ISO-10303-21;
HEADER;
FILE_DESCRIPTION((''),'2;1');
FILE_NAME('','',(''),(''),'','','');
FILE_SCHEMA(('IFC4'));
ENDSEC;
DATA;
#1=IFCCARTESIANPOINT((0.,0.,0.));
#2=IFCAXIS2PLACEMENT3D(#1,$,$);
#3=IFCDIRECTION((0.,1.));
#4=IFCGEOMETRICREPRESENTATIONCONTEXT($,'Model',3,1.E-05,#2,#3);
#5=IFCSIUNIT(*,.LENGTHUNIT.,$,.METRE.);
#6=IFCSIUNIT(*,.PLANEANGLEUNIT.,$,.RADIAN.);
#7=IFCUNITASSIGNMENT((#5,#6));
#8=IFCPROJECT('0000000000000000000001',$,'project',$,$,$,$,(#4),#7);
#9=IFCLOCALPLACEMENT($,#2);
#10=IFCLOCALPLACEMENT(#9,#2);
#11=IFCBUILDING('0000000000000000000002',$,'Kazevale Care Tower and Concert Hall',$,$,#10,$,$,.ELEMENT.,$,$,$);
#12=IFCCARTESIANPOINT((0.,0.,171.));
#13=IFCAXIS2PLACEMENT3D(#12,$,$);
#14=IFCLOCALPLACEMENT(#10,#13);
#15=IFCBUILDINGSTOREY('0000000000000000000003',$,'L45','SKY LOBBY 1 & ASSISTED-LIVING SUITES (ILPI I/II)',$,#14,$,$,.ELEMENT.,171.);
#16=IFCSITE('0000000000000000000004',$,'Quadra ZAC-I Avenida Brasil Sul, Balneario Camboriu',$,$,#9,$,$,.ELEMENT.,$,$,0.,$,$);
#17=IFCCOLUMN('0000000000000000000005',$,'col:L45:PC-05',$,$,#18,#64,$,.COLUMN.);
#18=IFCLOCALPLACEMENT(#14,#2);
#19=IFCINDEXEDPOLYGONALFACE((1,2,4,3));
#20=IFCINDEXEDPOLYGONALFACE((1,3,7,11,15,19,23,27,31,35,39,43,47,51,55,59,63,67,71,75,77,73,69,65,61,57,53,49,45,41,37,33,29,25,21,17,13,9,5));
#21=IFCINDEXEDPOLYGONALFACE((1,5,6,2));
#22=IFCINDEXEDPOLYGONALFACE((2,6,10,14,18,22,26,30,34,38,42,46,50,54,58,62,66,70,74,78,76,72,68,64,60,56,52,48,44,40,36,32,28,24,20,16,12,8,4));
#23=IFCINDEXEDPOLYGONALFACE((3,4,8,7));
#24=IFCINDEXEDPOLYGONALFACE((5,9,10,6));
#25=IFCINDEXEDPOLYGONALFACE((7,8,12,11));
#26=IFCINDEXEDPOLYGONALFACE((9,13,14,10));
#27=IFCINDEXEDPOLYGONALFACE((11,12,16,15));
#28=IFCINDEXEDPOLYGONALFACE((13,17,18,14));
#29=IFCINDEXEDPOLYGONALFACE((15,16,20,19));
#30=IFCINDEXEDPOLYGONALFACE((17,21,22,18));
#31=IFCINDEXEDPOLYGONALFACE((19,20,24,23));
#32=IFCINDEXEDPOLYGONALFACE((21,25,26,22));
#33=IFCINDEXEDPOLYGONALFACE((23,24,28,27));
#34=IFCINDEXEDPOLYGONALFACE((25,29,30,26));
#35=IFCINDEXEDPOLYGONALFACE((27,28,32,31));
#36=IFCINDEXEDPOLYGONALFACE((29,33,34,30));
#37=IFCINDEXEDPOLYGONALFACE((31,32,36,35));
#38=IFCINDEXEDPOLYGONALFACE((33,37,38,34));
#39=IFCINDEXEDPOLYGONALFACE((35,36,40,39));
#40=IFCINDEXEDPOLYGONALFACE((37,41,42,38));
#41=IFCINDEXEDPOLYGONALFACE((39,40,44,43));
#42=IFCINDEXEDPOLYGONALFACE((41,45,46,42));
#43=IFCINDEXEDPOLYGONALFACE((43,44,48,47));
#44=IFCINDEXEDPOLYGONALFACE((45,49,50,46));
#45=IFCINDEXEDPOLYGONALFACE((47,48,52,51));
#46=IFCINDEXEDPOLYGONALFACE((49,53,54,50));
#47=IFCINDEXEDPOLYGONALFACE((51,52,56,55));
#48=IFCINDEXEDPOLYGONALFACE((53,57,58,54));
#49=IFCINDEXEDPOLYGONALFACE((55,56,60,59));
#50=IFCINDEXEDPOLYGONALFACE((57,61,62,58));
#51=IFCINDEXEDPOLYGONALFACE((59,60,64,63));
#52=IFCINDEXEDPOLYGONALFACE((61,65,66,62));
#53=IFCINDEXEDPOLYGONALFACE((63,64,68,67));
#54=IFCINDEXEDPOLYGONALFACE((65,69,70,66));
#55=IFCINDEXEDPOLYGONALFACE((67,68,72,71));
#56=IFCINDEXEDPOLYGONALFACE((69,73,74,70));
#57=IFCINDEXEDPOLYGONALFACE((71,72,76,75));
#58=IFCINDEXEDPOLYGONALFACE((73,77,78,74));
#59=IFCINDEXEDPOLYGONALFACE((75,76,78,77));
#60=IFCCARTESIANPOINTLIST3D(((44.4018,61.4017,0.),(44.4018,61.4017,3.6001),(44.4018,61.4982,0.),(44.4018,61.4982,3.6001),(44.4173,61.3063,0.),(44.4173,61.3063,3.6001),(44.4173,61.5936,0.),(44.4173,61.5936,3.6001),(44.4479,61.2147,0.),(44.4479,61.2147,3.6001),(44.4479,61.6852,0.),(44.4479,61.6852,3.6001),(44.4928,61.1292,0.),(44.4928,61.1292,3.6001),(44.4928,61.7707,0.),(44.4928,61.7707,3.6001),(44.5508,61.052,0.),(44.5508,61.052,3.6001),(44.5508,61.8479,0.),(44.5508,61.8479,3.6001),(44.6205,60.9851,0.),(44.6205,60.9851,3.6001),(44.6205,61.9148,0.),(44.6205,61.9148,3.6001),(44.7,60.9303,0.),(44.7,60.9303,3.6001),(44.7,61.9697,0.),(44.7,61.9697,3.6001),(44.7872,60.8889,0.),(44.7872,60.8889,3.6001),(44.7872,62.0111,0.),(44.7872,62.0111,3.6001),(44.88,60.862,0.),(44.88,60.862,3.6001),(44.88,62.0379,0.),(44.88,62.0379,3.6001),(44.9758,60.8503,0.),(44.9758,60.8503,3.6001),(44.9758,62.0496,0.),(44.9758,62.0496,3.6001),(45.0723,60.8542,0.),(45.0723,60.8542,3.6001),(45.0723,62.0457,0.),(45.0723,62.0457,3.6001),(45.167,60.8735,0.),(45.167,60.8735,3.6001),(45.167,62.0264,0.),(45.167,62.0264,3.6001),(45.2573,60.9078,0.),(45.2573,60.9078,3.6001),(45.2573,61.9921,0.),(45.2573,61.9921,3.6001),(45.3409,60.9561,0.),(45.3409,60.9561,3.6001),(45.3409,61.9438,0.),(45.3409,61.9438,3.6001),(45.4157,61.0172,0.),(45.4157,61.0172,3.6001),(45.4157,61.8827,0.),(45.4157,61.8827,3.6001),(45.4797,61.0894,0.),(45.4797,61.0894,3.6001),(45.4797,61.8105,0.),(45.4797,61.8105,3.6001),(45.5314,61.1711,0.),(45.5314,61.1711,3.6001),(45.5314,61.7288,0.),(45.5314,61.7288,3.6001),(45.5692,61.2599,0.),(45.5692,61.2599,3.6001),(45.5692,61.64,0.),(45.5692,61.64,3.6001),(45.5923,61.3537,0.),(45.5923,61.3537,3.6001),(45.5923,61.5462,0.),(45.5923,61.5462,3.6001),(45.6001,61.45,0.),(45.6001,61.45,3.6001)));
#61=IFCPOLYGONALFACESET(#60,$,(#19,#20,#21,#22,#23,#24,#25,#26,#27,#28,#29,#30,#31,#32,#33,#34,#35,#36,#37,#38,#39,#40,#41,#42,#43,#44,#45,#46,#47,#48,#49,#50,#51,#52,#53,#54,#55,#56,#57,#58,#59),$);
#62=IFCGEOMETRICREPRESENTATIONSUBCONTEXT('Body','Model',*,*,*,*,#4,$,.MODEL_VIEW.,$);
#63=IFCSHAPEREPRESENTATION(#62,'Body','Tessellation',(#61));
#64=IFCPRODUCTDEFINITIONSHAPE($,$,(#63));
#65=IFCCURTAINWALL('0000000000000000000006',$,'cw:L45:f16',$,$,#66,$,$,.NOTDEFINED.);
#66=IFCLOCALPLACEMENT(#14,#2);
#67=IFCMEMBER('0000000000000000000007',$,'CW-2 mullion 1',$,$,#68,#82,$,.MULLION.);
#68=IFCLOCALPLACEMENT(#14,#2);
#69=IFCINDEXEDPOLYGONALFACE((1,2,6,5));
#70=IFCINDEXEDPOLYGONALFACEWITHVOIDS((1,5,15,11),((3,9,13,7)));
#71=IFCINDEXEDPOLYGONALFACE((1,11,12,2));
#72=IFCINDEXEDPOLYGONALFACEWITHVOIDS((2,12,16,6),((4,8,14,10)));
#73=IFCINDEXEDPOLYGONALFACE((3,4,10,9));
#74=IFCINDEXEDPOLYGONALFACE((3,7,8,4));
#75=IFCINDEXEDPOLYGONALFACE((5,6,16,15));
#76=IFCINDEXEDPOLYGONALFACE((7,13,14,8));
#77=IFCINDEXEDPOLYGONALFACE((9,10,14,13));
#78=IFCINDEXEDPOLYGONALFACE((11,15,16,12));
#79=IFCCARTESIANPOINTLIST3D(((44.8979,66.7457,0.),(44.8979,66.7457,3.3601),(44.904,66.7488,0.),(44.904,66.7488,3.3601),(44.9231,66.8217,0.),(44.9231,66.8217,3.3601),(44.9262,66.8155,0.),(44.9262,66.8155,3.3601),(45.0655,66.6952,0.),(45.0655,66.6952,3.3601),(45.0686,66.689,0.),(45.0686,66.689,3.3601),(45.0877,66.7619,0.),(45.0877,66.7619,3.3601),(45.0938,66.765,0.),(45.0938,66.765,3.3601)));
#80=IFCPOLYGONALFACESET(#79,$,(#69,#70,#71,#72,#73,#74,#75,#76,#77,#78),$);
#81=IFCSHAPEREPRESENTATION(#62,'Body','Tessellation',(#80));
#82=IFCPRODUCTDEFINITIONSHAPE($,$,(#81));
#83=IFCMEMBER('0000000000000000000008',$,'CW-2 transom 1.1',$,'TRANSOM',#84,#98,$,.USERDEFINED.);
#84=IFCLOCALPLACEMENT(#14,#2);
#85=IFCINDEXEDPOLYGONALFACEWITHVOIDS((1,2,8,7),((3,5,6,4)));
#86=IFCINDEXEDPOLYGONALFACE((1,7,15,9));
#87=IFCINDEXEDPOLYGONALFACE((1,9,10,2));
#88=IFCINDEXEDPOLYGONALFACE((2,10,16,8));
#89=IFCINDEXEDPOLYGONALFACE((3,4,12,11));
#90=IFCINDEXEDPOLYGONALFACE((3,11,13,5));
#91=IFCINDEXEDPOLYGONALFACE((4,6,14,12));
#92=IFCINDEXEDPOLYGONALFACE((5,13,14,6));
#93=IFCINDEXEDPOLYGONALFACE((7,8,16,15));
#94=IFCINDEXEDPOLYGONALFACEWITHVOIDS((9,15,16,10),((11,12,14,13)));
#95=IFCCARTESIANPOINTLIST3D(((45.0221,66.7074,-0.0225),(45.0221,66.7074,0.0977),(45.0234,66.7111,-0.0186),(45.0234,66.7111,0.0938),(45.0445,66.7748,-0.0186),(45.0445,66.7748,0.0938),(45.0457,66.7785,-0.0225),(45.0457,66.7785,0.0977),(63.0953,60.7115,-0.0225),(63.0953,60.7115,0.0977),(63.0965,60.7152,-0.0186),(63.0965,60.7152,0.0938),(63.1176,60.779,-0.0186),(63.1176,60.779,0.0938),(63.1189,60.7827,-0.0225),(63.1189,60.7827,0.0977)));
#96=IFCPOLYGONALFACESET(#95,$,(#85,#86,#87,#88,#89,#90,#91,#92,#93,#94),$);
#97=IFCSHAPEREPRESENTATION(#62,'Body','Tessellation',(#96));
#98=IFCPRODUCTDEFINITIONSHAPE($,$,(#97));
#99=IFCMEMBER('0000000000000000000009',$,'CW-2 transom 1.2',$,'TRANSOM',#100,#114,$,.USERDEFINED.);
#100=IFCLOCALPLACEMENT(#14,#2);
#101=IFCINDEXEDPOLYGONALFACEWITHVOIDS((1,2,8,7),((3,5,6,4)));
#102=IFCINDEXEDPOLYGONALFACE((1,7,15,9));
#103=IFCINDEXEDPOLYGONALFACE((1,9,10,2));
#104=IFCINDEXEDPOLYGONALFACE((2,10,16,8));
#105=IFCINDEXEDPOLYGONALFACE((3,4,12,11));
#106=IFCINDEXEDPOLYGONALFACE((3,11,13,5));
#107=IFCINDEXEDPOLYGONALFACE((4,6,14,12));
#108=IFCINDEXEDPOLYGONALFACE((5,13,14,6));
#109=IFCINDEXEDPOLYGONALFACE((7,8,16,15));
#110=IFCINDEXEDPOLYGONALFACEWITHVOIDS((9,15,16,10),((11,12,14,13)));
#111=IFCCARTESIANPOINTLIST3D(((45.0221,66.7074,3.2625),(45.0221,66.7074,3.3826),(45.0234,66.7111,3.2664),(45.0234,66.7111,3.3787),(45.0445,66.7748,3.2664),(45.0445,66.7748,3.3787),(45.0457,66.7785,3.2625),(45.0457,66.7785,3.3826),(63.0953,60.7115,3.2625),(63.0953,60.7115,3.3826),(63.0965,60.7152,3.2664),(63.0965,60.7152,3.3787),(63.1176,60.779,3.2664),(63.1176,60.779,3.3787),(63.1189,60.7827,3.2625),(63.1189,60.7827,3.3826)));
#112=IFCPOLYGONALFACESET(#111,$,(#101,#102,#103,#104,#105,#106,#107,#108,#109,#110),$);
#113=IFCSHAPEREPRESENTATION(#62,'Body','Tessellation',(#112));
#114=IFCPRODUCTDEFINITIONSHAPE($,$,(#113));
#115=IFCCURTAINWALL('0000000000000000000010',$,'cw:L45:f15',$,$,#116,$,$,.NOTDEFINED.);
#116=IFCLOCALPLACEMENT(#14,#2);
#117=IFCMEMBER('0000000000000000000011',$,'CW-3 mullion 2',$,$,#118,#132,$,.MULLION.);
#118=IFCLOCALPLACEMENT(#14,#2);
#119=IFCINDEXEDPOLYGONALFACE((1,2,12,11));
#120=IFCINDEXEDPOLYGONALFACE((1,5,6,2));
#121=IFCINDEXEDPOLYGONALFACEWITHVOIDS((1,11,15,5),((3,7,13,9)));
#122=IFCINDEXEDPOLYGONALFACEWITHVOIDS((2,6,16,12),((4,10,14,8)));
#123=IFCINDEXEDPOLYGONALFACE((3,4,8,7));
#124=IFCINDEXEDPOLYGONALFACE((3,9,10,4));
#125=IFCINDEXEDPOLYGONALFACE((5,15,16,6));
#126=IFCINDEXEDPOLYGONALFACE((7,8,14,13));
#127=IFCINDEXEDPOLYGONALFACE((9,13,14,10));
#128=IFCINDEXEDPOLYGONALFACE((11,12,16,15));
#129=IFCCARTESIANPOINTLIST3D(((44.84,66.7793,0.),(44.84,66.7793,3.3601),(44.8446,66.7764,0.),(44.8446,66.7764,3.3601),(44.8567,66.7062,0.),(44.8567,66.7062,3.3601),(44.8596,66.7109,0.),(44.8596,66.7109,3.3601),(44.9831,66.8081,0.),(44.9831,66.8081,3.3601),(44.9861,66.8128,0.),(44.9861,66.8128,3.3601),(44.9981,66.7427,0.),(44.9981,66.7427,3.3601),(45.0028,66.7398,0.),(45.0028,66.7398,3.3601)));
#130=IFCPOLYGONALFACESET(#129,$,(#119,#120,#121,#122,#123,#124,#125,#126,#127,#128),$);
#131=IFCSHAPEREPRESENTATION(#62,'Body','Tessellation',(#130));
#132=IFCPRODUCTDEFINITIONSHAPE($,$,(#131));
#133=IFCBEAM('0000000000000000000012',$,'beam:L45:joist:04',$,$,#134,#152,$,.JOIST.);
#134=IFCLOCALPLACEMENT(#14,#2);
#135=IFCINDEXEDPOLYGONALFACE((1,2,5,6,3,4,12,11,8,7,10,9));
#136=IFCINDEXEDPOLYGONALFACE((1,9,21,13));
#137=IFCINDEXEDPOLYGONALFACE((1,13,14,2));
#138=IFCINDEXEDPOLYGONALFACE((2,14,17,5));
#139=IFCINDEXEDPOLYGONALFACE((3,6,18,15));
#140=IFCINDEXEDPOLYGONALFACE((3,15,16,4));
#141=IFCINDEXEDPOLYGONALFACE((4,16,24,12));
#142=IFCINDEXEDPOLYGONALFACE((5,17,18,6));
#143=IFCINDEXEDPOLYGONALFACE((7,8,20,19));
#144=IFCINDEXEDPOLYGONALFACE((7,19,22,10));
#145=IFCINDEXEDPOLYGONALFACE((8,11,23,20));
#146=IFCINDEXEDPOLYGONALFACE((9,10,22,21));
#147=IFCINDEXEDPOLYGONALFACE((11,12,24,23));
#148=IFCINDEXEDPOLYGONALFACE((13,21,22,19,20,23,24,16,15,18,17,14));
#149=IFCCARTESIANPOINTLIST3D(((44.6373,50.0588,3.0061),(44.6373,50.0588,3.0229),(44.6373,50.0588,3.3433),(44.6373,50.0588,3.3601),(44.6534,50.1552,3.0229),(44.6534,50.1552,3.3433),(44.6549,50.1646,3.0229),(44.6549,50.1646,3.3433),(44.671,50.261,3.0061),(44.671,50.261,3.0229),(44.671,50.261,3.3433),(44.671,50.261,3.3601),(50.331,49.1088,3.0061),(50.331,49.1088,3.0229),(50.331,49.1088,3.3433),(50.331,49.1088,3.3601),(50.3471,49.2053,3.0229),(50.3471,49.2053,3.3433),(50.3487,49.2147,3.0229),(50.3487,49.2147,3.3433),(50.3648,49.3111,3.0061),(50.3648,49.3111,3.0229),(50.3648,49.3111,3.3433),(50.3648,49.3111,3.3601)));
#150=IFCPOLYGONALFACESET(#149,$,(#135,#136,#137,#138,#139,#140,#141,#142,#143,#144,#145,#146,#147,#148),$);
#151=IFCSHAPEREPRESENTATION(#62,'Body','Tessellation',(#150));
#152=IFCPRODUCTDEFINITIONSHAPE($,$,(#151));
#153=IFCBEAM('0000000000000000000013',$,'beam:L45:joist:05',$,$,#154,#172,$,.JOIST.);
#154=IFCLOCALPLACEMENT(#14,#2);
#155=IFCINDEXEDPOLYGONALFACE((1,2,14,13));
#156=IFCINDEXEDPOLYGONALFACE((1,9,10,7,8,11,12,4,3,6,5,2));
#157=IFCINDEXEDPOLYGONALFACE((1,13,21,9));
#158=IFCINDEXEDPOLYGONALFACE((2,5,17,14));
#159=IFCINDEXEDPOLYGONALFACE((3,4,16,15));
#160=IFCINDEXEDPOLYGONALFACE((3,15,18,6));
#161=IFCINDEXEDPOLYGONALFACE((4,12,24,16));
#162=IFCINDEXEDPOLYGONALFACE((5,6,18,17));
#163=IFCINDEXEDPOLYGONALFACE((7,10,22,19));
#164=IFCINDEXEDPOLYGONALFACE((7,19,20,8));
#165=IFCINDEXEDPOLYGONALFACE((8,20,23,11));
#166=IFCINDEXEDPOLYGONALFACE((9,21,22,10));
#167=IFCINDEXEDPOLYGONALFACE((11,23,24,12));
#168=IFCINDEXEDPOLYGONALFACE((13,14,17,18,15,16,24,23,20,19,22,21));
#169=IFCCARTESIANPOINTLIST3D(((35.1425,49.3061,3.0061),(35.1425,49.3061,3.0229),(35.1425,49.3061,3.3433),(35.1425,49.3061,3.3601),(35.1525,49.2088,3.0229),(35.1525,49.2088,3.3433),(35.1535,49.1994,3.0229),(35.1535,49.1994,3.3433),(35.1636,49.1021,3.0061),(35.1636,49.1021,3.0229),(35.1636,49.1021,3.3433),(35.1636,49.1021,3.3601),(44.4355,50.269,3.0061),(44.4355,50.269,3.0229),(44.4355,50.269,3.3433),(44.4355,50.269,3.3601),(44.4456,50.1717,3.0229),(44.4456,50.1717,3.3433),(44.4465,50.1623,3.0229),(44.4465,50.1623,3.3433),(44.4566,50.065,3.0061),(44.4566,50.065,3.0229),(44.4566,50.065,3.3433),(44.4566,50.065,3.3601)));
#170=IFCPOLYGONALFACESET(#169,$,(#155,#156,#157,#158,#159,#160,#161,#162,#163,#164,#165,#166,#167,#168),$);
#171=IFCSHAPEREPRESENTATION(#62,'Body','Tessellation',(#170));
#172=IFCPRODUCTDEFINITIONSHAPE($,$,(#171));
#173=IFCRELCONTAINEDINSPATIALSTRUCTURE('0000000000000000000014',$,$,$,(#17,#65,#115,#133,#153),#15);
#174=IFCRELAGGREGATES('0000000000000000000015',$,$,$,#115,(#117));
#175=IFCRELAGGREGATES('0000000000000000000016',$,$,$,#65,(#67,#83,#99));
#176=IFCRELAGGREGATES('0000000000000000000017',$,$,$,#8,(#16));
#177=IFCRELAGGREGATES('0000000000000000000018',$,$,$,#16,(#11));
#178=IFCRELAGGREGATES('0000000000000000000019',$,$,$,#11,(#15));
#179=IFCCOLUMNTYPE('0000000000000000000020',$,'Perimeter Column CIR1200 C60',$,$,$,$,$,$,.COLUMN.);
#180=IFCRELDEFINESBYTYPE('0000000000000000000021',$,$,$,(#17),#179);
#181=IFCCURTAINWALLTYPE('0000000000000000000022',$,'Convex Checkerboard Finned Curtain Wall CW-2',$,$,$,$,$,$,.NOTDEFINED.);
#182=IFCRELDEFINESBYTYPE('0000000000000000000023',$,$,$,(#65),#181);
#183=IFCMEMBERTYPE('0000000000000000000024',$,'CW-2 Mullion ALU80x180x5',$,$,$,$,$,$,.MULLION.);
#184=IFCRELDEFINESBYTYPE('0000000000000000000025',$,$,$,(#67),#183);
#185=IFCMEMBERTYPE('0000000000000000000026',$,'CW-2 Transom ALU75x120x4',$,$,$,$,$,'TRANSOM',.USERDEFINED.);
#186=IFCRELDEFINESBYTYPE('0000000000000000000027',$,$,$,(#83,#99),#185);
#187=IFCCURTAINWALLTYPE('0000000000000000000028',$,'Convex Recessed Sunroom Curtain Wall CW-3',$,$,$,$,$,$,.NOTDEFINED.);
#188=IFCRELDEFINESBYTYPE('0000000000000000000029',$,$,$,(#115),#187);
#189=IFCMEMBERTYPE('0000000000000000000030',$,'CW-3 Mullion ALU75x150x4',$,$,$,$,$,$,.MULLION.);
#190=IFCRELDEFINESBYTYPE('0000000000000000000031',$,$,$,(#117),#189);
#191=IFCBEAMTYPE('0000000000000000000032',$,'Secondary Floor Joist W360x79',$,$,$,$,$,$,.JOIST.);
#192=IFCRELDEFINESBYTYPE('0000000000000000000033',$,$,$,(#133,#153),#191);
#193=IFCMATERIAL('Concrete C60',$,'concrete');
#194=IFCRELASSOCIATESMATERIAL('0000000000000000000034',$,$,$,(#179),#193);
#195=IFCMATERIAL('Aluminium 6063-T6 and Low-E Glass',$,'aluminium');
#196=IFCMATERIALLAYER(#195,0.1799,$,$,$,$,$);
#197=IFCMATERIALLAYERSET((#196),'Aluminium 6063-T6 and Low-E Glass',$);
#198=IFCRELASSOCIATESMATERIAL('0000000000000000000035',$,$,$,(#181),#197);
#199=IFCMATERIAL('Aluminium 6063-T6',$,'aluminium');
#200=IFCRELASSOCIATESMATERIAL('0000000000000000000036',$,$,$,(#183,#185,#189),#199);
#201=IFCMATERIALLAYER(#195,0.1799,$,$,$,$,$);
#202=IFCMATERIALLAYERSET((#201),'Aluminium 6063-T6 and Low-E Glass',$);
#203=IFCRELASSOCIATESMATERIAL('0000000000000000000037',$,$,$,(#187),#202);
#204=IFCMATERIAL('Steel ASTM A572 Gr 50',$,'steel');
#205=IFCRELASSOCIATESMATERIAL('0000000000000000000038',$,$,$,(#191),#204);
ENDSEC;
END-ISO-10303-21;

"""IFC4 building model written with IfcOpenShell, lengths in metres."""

from ifc_helpers import new_model, si_unit, direction, frame, origin, origin_2d, place, context, subcontext, project, spatial, hollow_rectangle, circle, i_section, extrude, material, layer, layer_set, material_profile, profile_set, type_object, element, aggregate, save


model = new_model("IFC4")

# Units and contexts
model_context = context("Model", 3, precision=1e-05, world=origin(), true_north=direction((0.0, 1.0)))
body_context = subcontext(model_context, "Body", "Model", "MODEL_VIEW")
ifc_project = project(units=[si_unit("LENGTHUNIT", "METRE"), si_unit("PLANEANGLEUNIT", "RADIAN")], contexts=[model_context])

# Site, building, storey
site_placement = place(None, origin())
site = spatial("IfcSite", under=ifc_project, at=site_placement, Name="Quadra ZAC-I Avenida Brasil Sul, Balneario Camboriu", CompositionType="ELEMENT", RefElevation=0.0)
building_placement = place(site_placement, origin())
building = spatial("IfcBuilding", under=site, at=building_placement, Name="Kazevale Care Tower and Concert Hall", CompositionType="ELEMENT")
storey_placement = place(building_placement, frame((0.0, 0.0, 171.0)))
storey = spatial("IfcBuildingStorey", under=building, at=storey_placement, Name="L45", Description="SKY LOBBY 1 & ASSISTED-LIVING SUITES (ILPI I/II)", CompositionType="ELEMENT", Elevation=171.0)

# Column
ifc_material_1 = material(Name="Concrete C60", Category="concrete")
ifc_material_profile_1 = material_profile(ifc_material_1, circle(Radius=0.6001, at=origin_2d()), Name="RC-CIR1200")
ifc_profile_set_1 = profile_set([ifc_material_profile_1], Name="Concrete C60")
column_type = type_object("IfcColumnType", Name="Perimeter Column CIR1200 C60", PredefinedType="COLUMN", material=ifc_profile_set_1)
column_placement = place(storey_placement, frame((45.0, 61.45, 0.0), z_axis=(0.0, 0.0, 1.0), x_axis=(1.0, 0.0, 0.0)))
element("IfcColumn", 1, at=column_placement, inside=storey, type_object=column_type, Name="col:L45:PC-05", PredefinedType="COLUMN", context=body_context, shape_type="SweptSolid", body=[
    extrude(circle(Radius=0.6001, at=origin_2d()), origin(), (0.0, 0.0, 1.0), 3.6001),
])

# Curtain wall, members
ifc_material_2 = material(Name="Aluminium 6063-T6 and Low-E Glass", Category="aluminium")
ifc_layer_1 = layer(ifc_material_2, 0.1799)
ifc_layer_set_1 = layer_set([ifc_layer_1], Name="Aluminium 6063-T6 and Low-E Glass")
curtain_wall_type_1 = type_object("IfcCurtainWallType", Name="Convex Checkerboard Finned Curtain Wall CW-2", PredefinedType="NOTDEFINED", material=ifc_layer_set_1)
curtain_wall_1_placement = place(storey_placement, origin())
curtain_wall_1 = element("IfcCurtainWall", 2, at=curtain_wall_1_placement, inside=storey, type_object=curtain_wall_type_1, Name="cw:L45:f16", PredefinedType="NOTDEFINED")
ifc_material_3 = material(Name="Aluminium 6063-T6", Category="aluminium")
ifc_material_profile_2 = material_profile(ifc_material_3, hollow_rectangle(XDim=0.0801, YDim=0.1799, WallThickness=0.0049, at=origin_2d()), Name="ALU80x180x5")
ifc_profile_set_2 = profile_set([ifc_material_profile_2], Name="Aluminium 6063-T6")
member_type_1 = type_object("IfcMemberType", Name="CW-2 Mullion ALU80x180x5", PredefinedType="MULLION", material=ifc_profile_set_2)
member_1_placement = place(storey_placement, frame((44.9958, 66.7554, 0.0), z_axis=(0.0, 0.0, 1.0), x_axis=(0.314868, 0.949135, 0.0)))
member_1 = element("IfcMember", 3, at=member_1_placement, type_object=member_type_1, Name="CW-2 mullion 1", PredefinedType="MULLION", context=body_context, shape_type="SweptSolid", body=[
    extrude(hollow_rectangle(XDim=0.0801, YDim=0.1799, WallThickness=0.0049, at=origin_2d()), origin(), (0.0, 0.0, 1.0), 3.3601),
])
ifc_material_profile_3 = material_profile(ifc_material_3, hollow_rectangle(XDim=0.075, YDim=0.1201, WallThickness=0.0039, at=origin_2d()), Name="ALU75x120x4")
ifc_profile_set_3 = profile_set([ifc_material_profile_3], Name="Aluminium 6063-T6")
member_type_2 = type_object("IfcMemberType", Name="CW-2 Transom ALU75x120x4", ElementType="TRANSOM", PredefinedType="USERDEFINED", material=ifc_profile_set_3)
member_2_placement = place(storey_placement, frame((45.0339, 66.7429, 0.0376), z_axis=(0.949132, -0.314877, 0.0), x_axis=(0.314877, 0.949132, 0.0)))
member_2 = element("IfcMember", 4, at=member_2_placement, type_object=member_type_2, Name="CW-2 transom 1.1", ObjectType="TRANSOM", PredefinedType="USERDEFINED", context=body_context, shape_type="SweptSolid", body=[
    extrude(hollow_rectangle(XDim=0.075, YDim=0.1201, WallThickness=0.0039, at=origin_2d()), origin(), (0.0, 0.0, 1.0), 19.0417),
])
member_3_placement = place(storey_placement, frame((45.0339, 66.7429, 3.3225), z_axis=(0.949132, -0.314877, 0.0), x_axis=(0.314877, 0.949132, 0.0)))
member_3 = element("IfcMember", 5, at=member_3_placement, type_object=member_type_2, Name="CW-2 transom 1.2", ObjectType="TRANSOM", PredefinedType="USERDEFINED", context=body_context, shape_type="SweptSolid", body=[
    extrude(hollow_rectangle(XDim=0.075, YDim=0.1201, WallThickness=0.0039, at=origin_2d()), origin(), (0.0, 0.0, 1.0), 19.0417),
])

# Curtain wall, member
ifc_layer_2 = layer(ifc_material_2, 0.1799)
ifc_layer_set_2 = layer_set([ifc_layer_2], Name="Aluminium 6063-T6 and Low-E Glass")
curtain_wall_type_2 = type_object("IfcCurtainWallType", Name="Convex Recessed Sunroom Curtain Wall CW-3", PredefinedType="NOTDEFINED", material=ifc_layer_set_2)
curtain_wall_2_placement = place(storey_placement, origin())
curtain_wall_2 = element("IfcCurtainWall", 6, at=curtain_wall_2_placement, inside=storey, type_object=curtain_wall_type_2, Name="cw:L45:f15", PredefinedType="NOTDEFINED")
ifc_material_profile_4 = material_profile(ifc_material_3, hollow_rectangle(XDim=0.075, YDim=0.1499, WallThickness=0.0039, at=origin_2d()), Name="ALU75x150x4")
ifc_profile_set_4 = profile_set([ifc_material_profile_4], Name="Aluminium 6063-T6")
member_type_3 = type_object("IfcMemberType", Name="CW-3 Mullion ALU75x150x4", PredefinedType="MULLION", material=ifc_profile_set_4)
member_4_placement = place(storey_placement, frame((44.9214, 66.7595, 0.0), z_axis=(0.0, 0.0, 1.0), x_axis=(-0.223567, 0.974688, 0.0)))
member_4 = element("IfcMember", 7, at=member_4_placement, type_object=member_type_3, Name="CW-3 mullion 2", PredefinedType="MULLION", context=body_context, shape_type="SweptSolid", body=[
    extrude(hollow_rectangle(XDim=0.075, YDim=0.1499, WallThickness=0.0039, at=origin_2d()), origin(), (0.0, 0.0, 1.0), 3.3601),
])
aggregate(curtain_wall_2, [member_4])

# Beams
ifc_material_4 = material(Name="Steel ASTM A572 Gr 50", Category="steel")
ifc_material_profile_5 = material_profile(ifc_material_4, i_section(OverallWidth=0.2051, OverallDepth=0.354, WebThickness=0.0095, FlangeThickness=0.0168, at=origin_2d()), Name="W360x79")
ifc_profile_set_5 = profile_set([ifc_material_profile_5], Name="Steel ASTM A572 Gr 50")
beam_type_1 = type_object("IfcBeamType", Name="Secondary Floor Joist W360x79", PredefinedType="JOIST", material=ifc_profile_set_5)
beam_1_placement = place(storey_placement, frame((50.3479, 49.21, 3.1831), z_axis=(-0.986366, 0.164564, 0.0), x_axis=(-0.164564, -0.986366, 0.0)))
element("IfcBeam", 8, at=beam_1_placement, inside=storey, type_object=beam_type_1, Name="beam:L45:joist:04", PredefinedType="JOIST", context=body_context, shape_type="SweptSolid", body=[
    extrude(i_section(OverallWidth=0.2051, OverallDepth=0.354, WebThickness=0.0095, FlangeThickness=0.0168, at=origin_2d()), origin(), (0.0, 0.0, 1.0), 5.7725),
])
beam_2_placement = place(storey_placement, frame((44.446, 50.167, 3.1831), z_axis=(-0.994675, -0.103063, 0.0), x_axis=(0.103063, -0.994675, 0.0)))
element("IfcBeam", 9, at=beam_2_placement, inside=storey, type_object=beam_type_1, Name="beam:L45:joist:05", PredefinedType="JOIST", context=body_context, shape_type="SweptSolid", body=[
    extrude(i_section(OverallWidth=0.2051, OverallDepth=0.354, WebThickness=0.0095, FlangeThickness=0.0168, at=origin_2d()), origin(), (0.0, 0.0, 1.0), 9.3428),
])

aggregate(curtain_wall_1, [member_1, member_2, member_3])

save(model, "model.ifc")
